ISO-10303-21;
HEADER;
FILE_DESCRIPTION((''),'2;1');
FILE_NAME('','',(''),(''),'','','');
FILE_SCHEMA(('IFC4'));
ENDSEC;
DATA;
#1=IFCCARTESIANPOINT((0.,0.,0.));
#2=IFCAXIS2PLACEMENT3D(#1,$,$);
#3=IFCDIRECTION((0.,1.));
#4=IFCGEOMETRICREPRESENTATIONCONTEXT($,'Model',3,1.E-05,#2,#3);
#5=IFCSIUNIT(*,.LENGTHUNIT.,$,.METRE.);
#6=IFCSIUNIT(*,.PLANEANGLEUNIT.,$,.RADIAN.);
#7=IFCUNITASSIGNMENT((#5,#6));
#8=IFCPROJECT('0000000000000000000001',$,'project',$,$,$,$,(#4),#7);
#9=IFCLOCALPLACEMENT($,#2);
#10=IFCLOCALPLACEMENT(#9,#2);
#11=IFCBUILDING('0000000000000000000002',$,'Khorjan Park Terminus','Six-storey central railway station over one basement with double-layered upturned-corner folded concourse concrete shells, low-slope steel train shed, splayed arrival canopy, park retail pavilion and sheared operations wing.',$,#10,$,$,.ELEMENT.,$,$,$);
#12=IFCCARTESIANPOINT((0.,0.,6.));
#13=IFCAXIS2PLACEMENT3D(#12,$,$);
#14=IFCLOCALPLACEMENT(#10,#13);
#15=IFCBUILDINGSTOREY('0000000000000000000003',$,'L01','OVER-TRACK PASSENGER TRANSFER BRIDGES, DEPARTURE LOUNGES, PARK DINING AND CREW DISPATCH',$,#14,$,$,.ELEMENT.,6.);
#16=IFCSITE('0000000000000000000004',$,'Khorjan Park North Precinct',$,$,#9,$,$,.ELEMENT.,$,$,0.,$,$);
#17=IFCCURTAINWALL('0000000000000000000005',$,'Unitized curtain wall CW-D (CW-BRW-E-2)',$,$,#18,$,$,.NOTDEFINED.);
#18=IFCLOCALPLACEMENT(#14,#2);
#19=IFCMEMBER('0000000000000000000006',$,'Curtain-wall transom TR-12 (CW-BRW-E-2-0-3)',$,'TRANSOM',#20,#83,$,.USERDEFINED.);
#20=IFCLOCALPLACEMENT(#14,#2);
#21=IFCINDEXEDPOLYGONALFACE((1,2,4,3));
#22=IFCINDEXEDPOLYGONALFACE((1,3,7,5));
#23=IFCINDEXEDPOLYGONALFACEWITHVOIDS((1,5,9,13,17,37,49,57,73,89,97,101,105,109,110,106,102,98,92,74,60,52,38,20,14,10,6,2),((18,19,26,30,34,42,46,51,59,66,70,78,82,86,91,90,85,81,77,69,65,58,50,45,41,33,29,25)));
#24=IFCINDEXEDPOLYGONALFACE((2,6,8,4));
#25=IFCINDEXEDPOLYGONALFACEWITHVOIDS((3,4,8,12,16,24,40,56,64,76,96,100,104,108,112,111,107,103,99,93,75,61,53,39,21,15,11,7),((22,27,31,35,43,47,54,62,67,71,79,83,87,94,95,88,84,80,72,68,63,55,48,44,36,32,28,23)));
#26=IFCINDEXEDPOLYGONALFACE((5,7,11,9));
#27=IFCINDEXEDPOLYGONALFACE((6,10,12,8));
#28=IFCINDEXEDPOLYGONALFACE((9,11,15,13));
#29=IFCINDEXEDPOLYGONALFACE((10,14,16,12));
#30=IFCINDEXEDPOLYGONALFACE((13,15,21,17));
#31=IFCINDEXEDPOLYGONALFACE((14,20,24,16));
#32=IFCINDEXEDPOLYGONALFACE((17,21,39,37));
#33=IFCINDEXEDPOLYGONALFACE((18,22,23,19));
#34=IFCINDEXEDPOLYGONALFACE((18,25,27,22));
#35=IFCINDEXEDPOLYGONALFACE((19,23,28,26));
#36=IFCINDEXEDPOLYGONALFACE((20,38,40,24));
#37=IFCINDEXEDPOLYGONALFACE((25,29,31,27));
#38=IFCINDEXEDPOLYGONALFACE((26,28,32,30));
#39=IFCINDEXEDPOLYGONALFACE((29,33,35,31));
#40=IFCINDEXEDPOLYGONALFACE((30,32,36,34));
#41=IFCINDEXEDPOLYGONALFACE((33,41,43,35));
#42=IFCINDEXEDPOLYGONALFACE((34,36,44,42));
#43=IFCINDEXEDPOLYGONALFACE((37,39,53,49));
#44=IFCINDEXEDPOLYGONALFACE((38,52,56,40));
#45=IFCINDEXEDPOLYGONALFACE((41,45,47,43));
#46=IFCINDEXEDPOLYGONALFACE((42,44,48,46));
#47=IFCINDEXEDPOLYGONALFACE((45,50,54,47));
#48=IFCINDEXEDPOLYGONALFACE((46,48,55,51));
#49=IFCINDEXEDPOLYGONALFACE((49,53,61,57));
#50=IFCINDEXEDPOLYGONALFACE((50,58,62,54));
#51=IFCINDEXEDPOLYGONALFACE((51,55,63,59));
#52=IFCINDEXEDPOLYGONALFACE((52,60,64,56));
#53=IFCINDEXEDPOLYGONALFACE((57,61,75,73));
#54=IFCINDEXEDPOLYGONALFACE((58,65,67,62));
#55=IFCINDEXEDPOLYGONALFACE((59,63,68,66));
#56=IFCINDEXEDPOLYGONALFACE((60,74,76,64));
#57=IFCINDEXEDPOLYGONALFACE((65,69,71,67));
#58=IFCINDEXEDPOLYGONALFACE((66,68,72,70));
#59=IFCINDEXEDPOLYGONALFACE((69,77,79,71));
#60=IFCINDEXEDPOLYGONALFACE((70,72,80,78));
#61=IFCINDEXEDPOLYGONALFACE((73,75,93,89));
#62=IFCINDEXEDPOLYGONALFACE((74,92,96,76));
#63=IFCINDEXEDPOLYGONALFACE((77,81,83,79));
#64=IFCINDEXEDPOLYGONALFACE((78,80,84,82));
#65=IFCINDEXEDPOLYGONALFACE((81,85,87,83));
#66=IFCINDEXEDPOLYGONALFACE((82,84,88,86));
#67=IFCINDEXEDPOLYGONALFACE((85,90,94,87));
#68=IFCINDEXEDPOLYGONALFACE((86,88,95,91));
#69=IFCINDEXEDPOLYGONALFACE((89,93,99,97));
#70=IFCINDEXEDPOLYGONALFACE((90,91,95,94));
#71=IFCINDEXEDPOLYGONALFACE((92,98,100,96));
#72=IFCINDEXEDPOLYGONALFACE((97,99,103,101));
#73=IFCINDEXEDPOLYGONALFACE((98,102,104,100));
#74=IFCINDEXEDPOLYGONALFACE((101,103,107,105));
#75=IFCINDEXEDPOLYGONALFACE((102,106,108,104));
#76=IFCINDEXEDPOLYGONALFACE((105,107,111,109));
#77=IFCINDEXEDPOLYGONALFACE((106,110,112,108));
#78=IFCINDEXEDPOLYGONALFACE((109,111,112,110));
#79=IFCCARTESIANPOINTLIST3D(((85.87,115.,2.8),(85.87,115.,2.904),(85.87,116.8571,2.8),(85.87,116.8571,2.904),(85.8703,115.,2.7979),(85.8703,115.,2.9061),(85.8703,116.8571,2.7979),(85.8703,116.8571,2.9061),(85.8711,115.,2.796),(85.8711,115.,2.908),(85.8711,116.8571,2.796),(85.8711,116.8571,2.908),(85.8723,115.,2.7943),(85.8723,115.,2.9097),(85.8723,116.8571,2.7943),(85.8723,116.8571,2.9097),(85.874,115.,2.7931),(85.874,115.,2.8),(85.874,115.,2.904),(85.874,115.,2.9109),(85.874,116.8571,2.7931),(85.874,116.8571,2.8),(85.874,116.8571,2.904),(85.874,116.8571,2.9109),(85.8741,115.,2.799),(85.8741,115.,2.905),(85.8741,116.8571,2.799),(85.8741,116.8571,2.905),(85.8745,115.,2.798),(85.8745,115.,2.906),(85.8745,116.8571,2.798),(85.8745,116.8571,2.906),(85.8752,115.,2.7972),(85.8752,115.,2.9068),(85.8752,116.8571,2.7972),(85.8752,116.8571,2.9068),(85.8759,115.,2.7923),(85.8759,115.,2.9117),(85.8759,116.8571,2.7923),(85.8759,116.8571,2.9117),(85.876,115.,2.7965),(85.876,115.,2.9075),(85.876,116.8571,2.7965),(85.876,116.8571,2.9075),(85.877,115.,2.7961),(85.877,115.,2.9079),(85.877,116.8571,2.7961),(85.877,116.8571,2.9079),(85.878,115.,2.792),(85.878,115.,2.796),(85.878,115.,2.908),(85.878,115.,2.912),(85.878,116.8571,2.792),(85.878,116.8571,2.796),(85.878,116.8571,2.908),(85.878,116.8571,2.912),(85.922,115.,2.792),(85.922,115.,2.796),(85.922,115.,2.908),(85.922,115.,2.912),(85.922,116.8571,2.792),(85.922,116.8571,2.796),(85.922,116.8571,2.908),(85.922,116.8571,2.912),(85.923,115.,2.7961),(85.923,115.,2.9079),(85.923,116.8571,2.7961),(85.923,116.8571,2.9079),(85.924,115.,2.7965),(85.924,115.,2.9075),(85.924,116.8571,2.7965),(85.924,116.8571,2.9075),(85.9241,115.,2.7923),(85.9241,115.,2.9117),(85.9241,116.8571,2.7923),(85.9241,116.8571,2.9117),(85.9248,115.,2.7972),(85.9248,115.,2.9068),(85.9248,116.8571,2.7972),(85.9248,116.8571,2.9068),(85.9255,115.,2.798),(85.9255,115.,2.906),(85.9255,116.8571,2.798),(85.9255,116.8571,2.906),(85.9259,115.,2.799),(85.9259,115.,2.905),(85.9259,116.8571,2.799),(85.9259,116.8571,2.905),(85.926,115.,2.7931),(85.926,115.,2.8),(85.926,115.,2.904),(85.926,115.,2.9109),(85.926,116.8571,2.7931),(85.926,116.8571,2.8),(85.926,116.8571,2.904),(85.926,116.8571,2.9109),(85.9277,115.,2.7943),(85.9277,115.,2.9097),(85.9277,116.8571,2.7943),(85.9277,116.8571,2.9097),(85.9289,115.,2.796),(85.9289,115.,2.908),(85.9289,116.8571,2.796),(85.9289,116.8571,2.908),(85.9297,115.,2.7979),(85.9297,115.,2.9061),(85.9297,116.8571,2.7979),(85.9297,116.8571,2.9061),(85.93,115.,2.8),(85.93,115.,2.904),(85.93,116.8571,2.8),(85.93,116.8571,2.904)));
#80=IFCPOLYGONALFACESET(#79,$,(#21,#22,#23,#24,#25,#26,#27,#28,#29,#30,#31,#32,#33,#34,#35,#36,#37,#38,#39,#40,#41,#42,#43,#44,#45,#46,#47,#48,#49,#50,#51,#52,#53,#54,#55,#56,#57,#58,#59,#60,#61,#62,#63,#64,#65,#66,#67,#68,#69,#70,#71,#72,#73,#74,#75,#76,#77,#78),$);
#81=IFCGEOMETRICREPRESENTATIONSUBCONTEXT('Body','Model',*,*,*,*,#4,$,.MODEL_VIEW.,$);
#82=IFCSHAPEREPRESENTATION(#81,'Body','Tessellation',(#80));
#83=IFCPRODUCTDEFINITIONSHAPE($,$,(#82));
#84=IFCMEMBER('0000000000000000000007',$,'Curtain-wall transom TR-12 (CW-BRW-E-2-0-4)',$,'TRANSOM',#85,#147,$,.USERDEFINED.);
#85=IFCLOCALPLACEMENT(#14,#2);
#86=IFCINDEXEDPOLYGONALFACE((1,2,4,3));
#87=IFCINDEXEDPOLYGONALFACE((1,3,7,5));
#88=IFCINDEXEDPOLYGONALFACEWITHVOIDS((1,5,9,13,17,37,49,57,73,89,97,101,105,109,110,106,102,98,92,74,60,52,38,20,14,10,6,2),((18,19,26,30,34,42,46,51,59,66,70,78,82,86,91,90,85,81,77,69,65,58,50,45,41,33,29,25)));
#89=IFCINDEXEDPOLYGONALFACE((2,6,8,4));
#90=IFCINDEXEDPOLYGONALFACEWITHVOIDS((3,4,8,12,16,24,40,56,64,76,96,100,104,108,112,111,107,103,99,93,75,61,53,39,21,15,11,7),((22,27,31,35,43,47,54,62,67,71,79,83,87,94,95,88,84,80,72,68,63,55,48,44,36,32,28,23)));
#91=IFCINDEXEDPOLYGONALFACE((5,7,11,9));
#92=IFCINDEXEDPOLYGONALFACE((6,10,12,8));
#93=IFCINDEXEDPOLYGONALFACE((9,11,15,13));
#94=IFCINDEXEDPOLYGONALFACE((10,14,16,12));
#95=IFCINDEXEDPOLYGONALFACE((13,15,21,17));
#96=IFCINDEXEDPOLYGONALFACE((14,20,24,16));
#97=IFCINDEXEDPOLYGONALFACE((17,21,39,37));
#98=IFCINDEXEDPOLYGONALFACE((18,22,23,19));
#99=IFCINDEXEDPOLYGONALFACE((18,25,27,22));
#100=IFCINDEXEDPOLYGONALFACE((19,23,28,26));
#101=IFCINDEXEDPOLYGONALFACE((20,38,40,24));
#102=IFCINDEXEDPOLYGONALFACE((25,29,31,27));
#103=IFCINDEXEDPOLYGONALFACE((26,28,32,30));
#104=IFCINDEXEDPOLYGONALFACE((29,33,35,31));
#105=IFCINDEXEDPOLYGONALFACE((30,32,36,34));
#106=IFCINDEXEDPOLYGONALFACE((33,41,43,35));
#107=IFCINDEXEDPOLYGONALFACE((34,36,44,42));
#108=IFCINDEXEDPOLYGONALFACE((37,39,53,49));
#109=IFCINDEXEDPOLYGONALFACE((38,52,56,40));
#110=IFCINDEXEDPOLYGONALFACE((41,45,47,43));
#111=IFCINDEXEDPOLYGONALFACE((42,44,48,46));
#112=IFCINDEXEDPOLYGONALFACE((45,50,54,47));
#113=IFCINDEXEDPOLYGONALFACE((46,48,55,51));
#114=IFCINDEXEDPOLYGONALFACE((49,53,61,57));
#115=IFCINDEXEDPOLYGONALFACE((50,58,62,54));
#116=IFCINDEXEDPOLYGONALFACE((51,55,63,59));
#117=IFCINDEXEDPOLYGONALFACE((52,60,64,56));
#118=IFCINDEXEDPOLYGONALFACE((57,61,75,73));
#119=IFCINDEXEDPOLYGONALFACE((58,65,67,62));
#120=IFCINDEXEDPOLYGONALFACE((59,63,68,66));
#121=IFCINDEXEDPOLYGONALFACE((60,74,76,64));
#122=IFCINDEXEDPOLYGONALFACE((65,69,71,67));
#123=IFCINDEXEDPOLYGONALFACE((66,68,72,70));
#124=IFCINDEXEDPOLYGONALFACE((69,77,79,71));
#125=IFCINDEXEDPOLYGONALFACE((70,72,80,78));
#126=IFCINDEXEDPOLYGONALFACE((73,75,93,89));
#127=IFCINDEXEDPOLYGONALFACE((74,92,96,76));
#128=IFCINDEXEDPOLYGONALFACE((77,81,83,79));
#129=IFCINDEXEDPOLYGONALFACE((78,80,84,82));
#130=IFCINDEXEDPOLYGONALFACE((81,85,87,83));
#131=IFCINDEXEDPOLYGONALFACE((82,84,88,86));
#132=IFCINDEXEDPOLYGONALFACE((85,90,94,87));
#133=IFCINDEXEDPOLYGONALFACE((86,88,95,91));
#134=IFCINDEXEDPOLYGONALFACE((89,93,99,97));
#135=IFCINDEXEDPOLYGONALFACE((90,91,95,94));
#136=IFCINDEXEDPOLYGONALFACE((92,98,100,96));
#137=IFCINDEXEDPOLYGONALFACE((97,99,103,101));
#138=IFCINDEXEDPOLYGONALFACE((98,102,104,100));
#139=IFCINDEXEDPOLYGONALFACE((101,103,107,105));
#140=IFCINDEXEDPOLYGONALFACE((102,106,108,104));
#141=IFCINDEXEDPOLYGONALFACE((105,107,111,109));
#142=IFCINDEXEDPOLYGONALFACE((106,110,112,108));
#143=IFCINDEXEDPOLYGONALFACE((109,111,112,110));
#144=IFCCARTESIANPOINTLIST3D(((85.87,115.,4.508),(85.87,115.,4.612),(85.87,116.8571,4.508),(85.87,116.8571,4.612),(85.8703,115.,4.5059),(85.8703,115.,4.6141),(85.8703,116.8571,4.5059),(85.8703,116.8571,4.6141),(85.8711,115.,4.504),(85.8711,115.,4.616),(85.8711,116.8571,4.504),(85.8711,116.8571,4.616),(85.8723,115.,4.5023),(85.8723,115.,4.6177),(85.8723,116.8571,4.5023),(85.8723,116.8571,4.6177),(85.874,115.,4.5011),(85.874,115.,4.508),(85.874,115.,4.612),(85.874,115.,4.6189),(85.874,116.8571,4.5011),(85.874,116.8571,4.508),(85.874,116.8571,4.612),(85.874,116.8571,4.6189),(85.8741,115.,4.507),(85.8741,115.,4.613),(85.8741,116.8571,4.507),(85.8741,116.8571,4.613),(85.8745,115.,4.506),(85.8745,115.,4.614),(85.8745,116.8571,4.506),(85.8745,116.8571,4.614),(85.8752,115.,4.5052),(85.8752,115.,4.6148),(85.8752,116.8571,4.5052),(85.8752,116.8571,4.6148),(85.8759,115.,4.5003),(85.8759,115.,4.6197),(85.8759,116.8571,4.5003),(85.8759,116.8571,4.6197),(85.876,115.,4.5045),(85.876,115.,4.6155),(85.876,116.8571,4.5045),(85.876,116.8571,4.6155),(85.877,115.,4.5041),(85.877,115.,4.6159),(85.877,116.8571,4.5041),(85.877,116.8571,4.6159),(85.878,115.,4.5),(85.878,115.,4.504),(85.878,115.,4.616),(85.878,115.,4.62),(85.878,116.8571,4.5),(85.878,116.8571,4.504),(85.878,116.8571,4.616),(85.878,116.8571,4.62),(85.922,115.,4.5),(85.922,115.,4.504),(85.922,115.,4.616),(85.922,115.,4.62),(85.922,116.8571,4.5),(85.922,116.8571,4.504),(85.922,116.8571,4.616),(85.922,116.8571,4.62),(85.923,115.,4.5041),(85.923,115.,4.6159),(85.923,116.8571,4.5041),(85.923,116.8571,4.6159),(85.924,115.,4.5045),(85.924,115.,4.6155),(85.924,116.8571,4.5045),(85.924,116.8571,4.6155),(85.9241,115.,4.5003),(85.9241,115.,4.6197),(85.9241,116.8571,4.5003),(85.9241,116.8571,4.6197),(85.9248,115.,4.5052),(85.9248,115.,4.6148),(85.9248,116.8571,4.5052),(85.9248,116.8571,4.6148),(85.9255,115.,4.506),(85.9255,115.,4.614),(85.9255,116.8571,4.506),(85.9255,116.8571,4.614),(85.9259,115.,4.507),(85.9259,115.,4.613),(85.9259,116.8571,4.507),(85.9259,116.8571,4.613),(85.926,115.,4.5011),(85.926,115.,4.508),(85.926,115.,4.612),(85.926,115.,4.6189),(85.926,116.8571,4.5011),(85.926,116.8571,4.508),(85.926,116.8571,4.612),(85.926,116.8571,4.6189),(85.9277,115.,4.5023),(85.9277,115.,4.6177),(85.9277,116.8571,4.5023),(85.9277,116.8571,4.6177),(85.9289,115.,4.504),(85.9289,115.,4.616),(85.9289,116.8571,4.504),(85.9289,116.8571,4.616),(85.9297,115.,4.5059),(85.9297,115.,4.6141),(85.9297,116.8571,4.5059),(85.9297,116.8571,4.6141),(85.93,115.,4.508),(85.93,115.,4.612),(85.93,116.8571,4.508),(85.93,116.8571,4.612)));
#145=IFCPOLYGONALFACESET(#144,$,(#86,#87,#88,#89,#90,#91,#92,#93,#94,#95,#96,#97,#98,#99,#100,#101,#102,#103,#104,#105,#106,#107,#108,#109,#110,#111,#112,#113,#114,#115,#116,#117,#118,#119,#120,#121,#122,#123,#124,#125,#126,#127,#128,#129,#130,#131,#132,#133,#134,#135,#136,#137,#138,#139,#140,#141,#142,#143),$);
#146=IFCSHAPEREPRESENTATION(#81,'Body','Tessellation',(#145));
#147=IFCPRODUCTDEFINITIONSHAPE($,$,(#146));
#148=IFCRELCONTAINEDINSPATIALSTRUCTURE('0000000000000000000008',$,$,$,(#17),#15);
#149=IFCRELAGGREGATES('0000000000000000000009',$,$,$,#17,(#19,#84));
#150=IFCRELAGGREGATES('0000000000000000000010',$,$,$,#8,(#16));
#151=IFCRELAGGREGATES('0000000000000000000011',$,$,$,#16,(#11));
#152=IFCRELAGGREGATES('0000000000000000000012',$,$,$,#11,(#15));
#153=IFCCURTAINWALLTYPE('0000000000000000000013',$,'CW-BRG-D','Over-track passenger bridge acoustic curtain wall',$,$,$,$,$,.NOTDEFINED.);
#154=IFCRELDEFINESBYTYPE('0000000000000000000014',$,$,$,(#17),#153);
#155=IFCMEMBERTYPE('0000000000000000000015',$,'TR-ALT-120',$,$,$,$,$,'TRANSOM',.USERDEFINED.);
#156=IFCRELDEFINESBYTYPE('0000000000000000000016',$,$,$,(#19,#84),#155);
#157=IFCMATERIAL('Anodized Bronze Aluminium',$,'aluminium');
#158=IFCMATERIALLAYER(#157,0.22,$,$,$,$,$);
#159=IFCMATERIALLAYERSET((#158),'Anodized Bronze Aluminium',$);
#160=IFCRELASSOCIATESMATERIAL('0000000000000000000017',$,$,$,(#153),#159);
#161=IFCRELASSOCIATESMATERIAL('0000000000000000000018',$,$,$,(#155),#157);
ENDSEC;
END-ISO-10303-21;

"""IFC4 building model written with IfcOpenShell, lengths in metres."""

from ifc_helpers import new_model, si_unit, direction, frame, origin, origin_2d, place, context, subcontext, project, spatial, hollow_rectangle, extrude, material, layer, layer_set, material_profile, profile_set, type_object, element, aggregate, save


model = new_model("IFC4")

# Units and contexts
model_context = context("Model", 3, precision=1e-05, world=origin(), true_north=direction((0.0, 1.0)))
body_context = subcontext(model_context, "Body", "Model", "MODEL_VIEW")
ifc_project = project(units=[si_unit("LENGTHUNIT", "METRE"), si_unit("PLANEANGLEUNIT", "RADIAN")], contexts=[model_context])

# Site, building, storey
site_placement = place(None, origin())
site = spatial("IfcSite", under=ifc_project, at=site_placement, Name="Khorjan Park North Precinct", CompositionType="ELEMENT", RefElevation=0.0)
building_placement = place(site_placement, origin())
building = spatial("IfcBuilding", under=site, at=building_placement, Name="Khorjan Park Terminus", Description="Six-storey central railway station over one basement with double-layered upturned-corner folded concourse concrete shells, low-slope steel train shed, splayed arrival canopy, park retail pavilion and sheared operations wing.", CompositionType="ELEMENT")
storey_placement = place(building_placement, frame((0.0, 0.0, 6.0)))
storey = spatial("IfcBuildingStorey", under=building, at=storey_placement, Name="L01", Description="OVER-TRACK PASSENGER TRANSFER BRIDGES, DEPARTURE LOUNGES, PARK DINING AND CREW DISPATCH", CompositionType="ELEMENT", Elevation=6.0)

# Shared definitions
ifc_material_1 = material(Name="Anodized Bronze Aluminium", Category="aluminium")
ifc_layer_1 = layer(ifc_material_1, 0.22)
ifc_layer_set_1 = layer_set([ifc_layer_1], Name="Anodized Bronze Aluminium")
curtain_wall_type = type_object("IfcCurtainWallType", Name="CW-BRG-D", Description="Over-track passenger bridge acoustic curtain wall", PredefinedType="NOTDEFINED", material=ifc_layer_set_1)

# Curtain wall
curtain_wall_1_placement = place(storey_placement, origin())
curtain_wall_1 = element("IfcCurtainWall", 1, at=curtain_wall_1_placement, inside=storey, type_object=curtain_wall_type, Name="Unitized curtain wall CW-D (CW-BRW-E-2)", PredefinedType="NOTDEFINED")

# Members
ifc_material_profile_1 = material_profile(ifc_material_1, hollow_rectangle(XDim=0.06, YDim=0.12, WallThickness=0.004, InnerFilletRadius=0.004, OuterFilletRadius=0.008, at=origin_2d()), Name="ALT 60x120x4")
ifc_profile_set_1 = profile_set([ifc_material_profile_1], Name="Anodized Bronze Aluminium")
member_type_1 = type_object("IfcMemberType", Name="TR-ALT-120", ElementType="TRANSOM", PredefinedType="USERDEFINED", material=ifc_profile_set_1)
member_1_placement = place(storey_placement, frame((85.9, 115.0, 2.852), z_axis=(0.0, 1.0, 0.0), x_axis=(-1.0, 0.0, 0.0)))
member_1 = element("IfcMember", 2, at=member_1_placement, type_object=member_type_1, Name="Curtain-wall transom TR-12 (CW-BRW-E-2-0-3)", ObjectType="TRANSOM", PredefinedType="USERDEFINED", context=body_context, shape_type="SweptSolid", body=[
    extrude(hollow_rectangle(XDim=0.06, YDim=0.12, WallThickness=0.004, InnerFilletRadius=0.004, OuterFilletRadius=0.008, at=origin_2d()), origin(), (0.0, 0.0, 1.0), 1.8571),
])
member_2_placement = place(storey_placement, frame((85.9, 115.0, 4.56), z_axis=(0.0, 1.0, 0.0), x_axis=(-1.0, 0.0, 0.0)))
member_2 = element("IfcMember", 3, at=member_2_placement, type_object=member_type_1, Name="Curtain-wall transom TR-12 (CW-BRW-E-2-0-4)", ObjectType="TRANSOM", PredefinedType="USERDEFINED", context=body_context, shape_type="SweptSolid", body=[
    extrude(hollow_rectangle(XDim=0.06, YDim=0.12, WallThickness=0.004, InnerFilletRadius=0.004, OuterFilletRadius=0.008, at=origin_2d()), origin(), (0.0, 0.0, 1.0), 1.8571),
])

aggregate(curtain_wall_1, [member_1, member_2])

save(model, "model.ifc")
